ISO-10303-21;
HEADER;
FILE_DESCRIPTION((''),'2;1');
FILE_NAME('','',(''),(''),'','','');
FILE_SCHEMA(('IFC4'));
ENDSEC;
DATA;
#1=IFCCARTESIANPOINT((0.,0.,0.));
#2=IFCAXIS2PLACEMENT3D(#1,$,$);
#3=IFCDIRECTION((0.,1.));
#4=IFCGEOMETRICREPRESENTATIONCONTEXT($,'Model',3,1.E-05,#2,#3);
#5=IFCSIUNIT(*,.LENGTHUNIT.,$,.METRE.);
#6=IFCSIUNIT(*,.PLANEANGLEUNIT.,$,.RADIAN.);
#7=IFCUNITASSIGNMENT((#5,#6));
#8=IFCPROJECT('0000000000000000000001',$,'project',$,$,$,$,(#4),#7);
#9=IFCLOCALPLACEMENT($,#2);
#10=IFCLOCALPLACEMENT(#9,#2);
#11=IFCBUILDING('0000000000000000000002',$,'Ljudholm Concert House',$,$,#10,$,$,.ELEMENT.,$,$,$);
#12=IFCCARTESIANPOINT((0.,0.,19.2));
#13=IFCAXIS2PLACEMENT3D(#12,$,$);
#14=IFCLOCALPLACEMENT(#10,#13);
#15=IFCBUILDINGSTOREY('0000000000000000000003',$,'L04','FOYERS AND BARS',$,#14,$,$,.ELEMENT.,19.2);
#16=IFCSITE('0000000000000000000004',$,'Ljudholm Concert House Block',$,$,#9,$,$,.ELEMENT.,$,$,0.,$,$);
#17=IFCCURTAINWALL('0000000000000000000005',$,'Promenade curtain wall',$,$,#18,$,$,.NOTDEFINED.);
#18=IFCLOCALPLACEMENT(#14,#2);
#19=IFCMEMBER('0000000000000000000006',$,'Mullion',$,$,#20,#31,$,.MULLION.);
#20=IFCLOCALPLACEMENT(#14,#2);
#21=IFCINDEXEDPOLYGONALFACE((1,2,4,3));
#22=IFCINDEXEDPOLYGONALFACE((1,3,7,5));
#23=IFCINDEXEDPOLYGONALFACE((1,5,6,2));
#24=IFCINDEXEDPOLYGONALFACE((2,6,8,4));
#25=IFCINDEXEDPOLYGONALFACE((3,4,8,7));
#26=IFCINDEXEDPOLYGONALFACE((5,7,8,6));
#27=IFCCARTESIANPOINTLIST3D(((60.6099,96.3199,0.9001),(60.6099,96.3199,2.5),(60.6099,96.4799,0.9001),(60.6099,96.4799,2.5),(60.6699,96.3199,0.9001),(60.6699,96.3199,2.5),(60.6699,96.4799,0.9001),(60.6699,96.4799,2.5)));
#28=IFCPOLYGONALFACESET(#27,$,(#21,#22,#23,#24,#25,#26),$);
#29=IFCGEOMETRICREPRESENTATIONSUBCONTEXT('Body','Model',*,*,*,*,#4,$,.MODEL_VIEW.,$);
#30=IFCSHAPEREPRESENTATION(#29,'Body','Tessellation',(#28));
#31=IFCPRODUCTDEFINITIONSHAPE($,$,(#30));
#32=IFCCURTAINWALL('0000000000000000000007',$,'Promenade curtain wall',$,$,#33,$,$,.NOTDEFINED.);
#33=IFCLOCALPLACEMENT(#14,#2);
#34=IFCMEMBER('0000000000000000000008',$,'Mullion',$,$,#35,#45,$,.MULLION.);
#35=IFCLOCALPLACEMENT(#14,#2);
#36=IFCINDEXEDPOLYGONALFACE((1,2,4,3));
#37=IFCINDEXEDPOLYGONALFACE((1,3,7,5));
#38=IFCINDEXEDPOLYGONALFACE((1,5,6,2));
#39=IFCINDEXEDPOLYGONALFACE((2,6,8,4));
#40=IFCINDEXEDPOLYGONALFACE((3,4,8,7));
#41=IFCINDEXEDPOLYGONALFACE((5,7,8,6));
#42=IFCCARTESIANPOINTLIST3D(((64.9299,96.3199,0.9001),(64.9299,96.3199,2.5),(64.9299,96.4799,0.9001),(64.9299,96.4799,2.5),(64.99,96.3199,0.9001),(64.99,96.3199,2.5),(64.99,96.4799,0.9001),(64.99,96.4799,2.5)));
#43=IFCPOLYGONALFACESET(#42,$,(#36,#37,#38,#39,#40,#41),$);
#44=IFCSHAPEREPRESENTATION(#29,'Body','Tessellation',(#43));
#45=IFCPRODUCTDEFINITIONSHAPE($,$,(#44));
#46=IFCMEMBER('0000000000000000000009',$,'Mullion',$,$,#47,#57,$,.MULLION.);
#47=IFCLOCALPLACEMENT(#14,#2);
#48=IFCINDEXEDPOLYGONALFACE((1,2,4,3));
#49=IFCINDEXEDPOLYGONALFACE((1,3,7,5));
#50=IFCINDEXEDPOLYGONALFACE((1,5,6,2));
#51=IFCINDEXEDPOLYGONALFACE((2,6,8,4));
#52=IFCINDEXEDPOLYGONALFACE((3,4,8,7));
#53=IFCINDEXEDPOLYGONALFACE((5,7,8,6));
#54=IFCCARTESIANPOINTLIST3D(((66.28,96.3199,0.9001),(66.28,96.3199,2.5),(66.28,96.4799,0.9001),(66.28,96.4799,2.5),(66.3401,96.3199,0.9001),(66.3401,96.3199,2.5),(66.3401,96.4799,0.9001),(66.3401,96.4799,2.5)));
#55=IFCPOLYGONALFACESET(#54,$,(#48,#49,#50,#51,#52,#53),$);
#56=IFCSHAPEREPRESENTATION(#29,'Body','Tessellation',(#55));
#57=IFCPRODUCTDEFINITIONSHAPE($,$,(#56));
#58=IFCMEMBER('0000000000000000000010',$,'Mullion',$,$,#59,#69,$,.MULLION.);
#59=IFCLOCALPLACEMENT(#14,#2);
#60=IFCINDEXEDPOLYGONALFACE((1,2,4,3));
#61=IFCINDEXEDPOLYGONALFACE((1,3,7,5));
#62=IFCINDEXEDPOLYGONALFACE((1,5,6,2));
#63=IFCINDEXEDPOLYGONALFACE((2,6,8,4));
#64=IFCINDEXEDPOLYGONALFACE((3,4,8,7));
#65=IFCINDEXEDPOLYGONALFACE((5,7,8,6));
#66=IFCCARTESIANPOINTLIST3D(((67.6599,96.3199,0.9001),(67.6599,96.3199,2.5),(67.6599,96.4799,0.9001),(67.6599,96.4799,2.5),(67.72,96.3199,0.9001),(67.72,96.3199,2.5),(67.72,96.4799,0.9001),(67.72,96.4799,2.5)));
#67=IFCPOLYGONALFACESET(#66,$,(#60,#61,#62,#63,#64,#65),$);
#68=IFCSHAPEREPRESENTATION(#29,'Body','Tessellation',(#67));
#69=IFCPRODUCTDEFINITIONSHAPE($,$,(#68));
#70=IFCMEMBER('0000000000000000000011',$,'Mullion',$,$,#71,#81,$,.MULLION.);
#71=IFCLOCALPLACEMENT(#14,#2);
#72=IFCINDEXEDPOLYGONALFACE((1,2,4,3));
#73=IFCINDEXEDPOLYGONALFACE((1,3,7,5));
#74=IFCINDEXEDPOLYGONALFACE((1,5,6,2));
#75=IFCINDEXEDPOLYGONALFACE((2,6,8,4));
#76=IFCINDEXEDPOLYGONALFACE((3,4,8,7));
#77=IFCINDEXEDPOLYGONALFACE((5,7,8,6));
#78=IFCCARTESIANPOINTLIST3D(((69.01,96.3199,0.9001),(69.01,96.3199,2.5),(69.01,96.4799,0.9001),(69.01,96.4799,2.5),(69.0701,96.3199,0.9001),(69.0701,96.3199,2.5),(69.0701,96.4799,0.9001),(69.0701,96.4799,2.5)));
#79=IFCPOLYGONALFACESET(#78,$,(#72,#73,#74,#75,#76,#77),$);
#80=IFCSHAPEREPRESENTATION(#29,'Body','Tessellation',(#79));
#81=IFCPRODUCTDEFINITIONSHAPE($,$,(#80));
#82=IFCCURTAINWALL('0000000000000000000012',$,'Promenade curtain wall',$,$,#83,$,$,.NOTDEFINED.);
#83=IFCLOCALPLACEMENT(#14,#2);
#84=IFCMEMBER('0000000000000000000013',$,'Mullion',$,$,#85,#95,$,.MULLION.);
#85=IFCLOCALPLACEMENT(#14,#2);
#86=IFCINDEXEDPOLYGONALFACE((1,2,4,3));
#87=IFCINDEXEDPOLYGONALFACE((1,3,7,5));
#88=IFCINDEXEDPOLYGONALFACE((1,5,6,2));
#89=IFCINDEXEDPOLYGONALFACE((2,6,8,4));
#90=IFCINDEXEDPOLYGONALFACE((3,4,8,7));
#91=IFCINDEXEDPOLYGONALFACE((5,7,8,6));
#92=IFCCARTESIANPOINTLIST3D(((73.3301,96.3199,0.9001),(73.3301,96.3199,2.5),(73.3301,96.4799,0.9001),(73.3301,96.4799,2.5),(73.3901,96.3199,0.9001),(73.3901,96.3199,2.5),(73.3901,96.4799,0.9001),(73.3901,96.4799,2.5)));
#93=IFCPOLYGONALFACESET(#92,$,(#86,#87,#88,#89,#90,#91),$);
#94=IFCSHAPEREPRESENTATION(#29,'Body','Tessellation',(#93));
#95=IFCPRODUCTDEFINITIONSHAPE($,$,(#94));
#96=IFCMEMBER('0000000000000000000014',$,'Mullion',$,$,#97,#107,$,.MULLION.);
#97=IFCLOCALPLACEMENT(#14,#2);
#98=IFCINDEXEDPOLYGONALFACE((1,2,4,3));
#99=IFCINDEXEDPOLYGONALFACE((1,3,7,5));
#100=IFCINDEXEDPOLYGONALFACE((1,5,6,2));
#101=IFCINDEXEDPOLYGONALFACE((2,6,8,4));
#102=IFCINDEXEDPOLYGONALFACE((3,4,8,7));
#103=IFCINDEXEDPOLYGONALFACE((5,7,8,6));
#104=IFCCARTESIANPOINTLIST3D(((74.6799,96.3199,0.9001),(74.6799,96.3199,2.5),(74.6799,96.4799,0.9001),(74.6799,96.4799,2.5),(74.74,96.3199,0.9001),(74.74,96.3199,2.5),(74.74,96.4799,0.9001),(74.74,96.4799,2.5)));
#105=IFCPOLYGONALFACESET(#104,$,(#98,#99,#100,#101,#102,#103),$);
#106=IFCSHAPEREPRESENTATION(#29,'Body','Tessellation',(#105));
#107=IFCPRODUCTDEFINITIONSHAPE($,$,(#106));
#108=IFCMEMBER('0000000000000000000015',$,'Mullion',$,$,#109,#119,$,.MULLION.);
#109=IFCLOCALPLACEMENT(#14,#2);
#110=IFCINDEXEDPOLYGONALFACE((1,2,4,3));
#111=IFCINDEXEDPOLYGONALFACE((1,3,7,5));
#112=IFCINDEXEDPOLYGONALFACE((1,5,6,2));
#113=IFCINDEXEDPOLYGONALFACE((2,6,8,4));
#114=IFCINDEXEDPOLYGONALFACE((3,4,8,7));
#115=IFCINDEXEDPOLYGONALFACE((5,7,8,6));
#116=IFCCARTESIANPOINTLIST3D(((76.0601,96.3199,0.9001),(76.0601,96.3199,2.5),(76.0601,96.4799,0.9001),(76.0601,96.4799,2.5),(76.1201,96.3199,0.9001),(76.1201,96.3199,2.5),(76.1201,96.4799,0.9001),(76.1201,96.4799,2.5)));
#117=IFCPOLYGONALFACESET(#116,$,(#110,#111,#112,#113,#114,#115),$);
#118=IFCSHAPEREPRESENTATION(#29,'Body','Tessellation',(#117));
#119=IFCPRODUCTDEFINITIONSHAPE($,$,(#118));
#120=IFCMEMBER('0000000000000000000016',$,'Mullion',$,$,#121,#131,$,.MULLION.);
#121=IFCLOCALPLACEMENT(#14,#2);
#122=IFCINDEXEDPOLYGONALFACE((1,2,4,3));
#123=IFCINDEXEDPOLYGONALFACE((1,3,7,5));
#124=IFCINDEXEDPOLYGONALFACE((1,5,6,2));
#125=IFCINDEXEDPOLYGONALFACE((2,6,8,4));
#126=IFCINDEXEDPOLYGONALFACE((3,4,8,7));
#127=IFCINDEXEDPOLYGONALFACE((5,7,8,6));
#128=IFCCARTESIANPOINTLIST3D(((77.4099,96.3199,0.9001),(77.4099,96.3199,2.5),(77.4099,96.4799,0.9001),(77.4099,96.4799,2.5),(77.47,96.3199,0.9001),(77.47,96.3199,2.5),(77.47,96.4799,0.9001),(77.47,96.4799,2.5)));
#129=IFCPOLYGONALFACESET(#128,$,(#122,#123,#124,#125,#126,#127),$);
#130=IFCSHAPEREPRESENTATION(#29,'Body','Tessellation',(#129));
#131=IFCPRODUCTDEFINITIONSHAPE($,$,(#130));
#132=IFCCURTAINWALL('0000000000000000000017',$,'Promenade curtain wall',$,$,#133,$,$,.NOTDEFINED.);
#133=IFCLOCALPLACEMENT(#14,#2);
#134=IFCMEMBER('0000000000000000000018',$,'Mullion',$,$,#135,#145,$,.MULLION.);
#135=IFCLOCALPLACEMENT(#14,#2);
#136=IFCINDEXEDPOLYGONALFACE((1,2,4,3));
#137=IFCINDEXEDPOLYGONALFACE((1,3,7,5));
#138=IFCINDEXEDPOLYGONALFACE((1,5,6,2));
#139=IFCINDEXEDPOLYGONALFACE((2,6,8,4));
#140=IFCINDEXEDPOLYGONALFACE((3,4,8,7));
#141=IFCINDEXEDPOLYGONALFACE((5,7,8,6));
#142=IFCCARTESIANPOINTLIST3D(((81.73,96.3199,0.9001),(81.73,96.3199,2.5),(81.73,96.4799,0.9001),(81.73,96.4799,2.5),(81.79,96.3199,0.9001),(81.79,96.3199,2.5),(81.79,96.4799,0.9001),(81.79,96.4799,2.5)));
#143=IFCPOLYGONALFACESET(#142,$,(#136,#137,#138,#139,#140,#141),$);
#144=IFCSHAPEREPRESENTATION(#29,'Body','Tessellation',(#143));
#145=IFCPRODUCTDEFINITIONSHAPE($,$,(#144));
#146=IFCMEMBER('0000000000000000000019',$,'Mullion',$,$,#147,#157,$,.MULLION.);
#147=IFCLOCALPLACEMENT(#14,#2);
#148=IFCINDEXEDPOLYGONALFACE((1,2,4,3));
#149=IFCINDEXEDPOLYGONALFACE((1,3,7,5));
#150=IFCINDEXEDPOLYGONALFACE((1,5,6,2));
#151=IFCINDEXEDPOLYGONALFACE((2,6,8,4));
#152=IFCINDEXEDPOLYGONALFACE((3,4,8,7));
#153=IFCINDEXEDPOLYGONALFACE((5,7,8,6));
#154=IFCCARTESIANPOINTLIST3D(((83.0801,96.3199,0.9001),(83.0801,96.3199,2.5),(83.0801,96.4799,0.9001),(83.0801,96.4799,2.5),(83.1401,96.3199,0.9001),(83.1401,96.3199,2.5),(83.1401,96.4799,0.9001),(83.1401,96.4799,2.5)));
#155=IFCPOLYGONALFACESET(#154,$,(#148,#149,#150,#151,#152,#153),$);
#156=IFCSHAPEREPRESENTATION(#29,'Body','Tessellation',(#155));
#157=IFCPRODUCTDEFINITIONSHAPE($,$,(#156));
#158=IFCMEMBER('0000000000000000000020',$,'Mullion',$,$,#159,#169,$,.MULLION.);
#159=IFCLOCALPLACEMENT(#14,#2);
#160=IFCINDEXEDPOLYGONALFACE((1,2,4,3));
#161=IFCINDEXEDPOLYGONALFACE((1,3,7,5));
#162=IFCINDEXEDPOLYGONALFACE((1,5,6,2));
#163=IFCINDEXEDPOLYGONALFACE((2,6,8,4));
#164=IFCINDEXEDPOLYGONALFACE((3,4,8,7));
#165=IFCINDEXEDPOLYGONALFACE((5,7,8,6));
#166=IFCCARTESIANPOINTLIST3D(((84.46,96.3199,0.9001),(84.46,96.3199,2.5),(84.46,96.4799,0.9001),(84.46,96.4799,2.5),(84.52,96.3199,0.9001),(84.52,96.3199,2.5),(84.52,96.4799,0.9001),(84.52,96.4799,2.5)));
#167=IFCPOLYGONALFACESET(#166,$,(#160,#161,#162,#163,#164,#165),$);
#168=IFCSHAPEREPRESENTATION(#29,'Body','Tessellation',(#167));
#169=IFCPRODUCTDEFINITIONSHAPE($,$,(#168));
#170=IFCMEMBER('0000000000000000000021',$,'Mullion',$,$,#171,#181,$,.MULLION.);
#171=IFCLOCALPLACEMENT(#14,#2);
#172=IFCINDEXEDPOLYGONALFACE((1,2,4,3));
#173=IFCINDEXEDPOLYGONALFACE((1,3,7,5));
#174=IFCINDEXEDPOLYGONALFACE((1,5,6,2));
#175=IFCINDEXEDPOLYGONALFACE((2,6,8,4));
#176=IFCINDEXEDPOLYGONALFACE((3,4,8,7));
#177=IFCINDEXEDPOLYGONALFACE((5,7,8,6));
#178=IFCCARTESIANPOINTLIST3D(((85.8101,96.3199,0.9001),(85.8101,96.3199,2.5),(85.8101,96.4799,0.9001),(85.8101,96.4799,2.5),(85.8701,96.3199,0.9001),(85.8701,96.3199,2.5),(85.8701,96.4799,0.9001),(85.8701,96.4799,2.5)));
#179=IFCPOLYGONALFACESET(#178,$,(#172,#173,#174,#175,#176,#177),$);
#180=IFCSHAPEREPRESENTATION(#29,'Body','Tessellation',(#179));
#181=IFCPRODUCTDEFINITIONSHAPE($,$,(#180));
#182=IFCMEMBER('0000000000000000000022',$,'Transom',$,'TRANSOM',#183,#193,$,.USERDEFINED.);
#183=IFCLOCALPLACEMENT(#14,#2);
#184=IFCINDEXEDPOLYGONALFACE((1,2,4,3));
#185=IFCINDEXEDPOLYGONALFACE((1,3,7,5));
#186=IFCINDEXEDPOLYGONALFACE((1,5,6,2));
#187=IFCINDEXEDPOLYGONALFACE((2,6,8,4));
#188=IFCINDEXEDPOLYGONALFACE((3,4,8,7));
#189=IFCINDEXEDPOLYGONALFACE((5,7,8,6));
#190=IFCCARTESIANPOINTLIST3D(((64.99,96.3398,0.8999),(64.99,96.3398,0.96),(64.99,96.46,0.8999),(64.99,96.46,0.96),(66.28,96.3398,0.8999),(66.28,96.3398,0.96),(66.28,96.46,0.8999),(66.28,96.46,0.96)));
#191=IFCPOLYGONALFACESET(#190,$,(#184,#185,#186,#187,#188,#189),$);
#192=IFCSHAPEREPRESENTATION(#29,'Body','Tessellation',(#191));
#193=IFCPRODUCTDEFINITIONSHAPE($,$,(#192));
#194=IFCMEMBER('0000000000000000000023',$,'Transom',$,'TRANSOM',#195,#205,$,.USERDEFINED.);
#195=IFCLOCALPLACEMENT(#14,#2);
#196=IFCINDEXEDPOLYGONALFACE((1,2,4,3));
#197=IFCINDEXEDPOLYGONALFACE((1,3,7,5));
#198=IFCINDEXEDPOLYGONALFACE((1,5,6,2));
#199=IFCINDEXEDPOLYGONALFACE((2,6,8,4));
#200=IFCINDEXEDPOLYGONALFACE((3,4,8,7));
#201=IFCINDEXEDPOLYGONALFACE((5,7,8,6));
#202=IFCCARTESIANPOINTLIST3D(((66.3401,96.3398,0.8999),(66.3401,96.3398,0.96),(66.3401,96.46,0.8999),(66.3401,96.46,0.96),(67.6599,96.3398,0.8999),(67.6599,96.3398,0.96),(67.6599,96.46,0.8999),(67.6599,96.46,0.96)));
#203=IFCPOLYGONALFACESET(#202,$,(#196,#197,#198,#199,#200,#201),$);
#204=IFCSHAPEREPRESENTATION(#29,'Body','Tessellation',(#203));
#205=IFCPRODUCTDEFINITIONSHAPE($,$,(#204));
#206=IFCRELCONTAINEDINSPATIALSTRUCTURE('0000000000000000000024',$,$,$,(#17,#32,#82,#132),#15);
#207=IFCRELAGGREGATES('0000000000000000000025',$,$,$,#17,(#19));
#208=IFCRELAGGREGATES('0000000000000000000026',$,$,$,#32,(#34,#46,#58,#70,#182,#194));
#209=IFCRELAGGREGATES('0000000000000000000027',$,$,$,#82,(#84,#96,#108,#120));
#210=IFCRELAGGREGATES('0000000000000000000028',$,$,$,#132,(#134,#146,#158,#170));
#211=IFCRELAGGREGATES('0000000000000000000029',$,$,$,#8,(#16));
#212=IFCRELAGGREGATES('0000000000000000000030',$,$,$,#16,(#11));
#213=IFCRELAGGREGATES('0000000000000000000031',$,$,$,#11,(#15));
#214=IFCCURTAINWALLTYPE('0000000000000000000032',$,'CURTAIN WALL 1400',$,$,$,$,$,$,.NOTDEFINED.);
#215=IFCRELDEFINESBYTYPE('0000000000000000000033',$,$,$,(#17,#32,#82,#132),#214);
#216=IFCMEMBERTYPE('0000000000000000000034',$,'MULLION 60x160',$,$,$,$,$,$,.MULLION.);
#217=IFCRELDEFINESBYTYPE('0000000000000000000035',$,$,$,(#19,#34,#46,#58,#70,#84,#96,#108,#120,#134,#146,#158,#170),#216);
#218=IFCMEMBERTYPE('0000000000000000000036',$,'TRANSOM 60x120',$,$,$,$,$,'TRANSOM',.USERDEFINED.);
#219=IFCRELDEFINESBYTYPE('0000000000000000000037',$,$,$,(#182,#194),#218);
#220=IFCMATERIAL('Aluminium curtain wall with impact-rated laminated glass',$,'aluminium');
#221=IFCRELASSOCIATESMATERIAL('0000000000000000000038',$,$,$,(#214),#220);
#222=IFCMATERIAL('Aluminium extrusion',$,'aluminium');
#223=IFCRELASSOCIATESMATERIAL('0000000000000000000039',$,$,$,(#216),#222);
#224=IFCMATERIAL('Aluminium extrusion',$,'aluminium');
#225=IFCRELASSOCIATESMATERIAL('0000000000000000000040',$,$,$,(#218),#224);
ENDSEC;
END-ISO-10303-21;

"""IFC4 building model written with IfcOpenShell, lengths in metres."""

from ifc_helpers import new_model, si_unit, direction, frame, origin, origin_2d, place, context, subcontext, project, spatial, rectangle, extrude, material, material_profile, profile_set, type_object, element, aggregate, save


model = new_model("IFC4")

# Units and contexts
model_context = context("Model", 3, precision=1e-05, world=origin(), true_north=direction((0.0, 1.0)))
body_context = subcontext(model_context, "Body", "Model", "MODEL_VIEW")
ifc_project = project(units=[si_unit("LENGTHUNIT", "METRE"), si_unit("PLANEANGLEUNIT", "RADIAN")], contexts=[model_context])

# Site, building, storey
site_placement = place(None, origin())
site = spatial("IfcSite", under=ifc_project, at=site_placement, Name="Ljudholm Concert House Block", CompositionType="ELEMENT", RefElevation=0.0)
building_placement = place(site_placement, origin())
building = spatial("IfcBuilding", under=site, at=building_placement, Name="Ljudholm Concert House", CompositionType="ELEMENT")
storey_placement = place(building_placement, frame((0.0, 0.0, 19.2)))
storey = spatial("IfcBuildingStorey", under=building, at=storey_placement, Name="L04", Description="FOYERS AND BARS", CompositionType="ELEMENT", Elevation=19.2)

# Curtain wall, member
ifc_material_1 = material(Name="Aluminium curtain wall with impact-rated laminated glass", Category="aluminium")
curtain_wall_type = type_object("IfcCurtainWallType", Name="CURTAIN WALL 1400", PredefinedType="NOTDEFINED", material=ifc_material_1)
curtain_wall_1_placement = place(storey_placement, origin())
curtain_wall_1 = element("IfcCurtainWall", 1, at=curtain_wall_1_placement, inside=storey, type_object=curtain_wall_type, Name="Promenade curtain wall", PredefinedType="NOTDEFINED")
ifc_material_2 = material(Name="Aluminium extrusion", Category="aluminium")
ifc_material_profile_1 = material_profile(ifc_material_2, rectangle(XDim=0.1599, YDim=0.0601, at=origin_2d()), Name="MULLION 60x160")
ifc_profile_set_1 = profile_set([ifc_material_profile_1], Name="Aluminium extrusion")
member_type_1 = type_object("IfcMemberType", Name="MULLION 60x160", PredefinedType="MULLION", material=ifc_profile_set_1)
member_1_placement = place(storey_placement, frame((60.6399, 96.3999, 0.9001), z_axis=(0.0, 0.0, 1.0), x_axis=(0.0, 1.0, 0.0)))
member_1 = element("IfcMember", 2, at=member_1_placement, type_object=member_type_1, Name="Mullion", PredefinedType="MULLION", context=body_context, shape_type="SweptSolid", body=[
    extrude(rectangle(XDim=0.1599, YDim=0.0601, at=origin_2d()), origin(), (0.0, 0.0, 1.0), 1.5999),
])
aggregate(curtain_wall_1, [member_1])

# Curtain walls, members
curtain_wall_2_placement = place(storey_placement, origin())
curtain_wall_2 = element("IfcCurtainWall", 3, at=curtain_wall_2_placement, inside=storey, type_object=curtain_wall_type, Name="Promenade curtain wall", PredefinedType="NOTDEFINED")
member_2_placement = place(storey_placement, frame((64.96, 96.3999, 0.9001), z_axis=(0.0, 0.0, 1.0), x_axis=(0.0, 1.0, 0.0)))
member_2 = element("IfcMember", 4, at=member_2_placement, type_object=member_type_1, Name="Mullion", PredefinedType="MULLION", context=body_context, shape_type="SweptSolid", body=[
    extrude(rectangle(XDim=0.1599, YDim=0.0601, at=origin_2d()), origin(), (0.0, 0.0, 1.0), 1.5999),
])
member_3_placement = place(storey_placement, frame((66.3101, 96.3999, 0.9001), z_axis=(0.0, 0.0, 1.0), x_axis=(0.0, 1.0, 0.0)))
member_3 = element("IfcMember", 5, at=member_3_placement, type_object=member_type_1, Name="Mullion", PredefinedType="MULLION", context=body_context, shape_type="SweptSolid", body=[
    extrude(rectangle(XDim=0.1599, YDim=0.0601, at=origin_2d()), origin(), (0.0, 0.0, 1.0), 1.5999),
])
member_4_placement = place(storey_placement, frame((67.6899, 96.3999, 0.9001), z_axis=(0.0, 0.0, 1.0), x_axis=(0.0, 1.0, 0.0)))
member_4 = element("IfcMember", 6, at=member_4_placement, type_object=member_type_1, Name="Mullion", PredefinedType="MULLION", context=body_context, shape_type="SweptSolid", body=[
    extrude(rectangle(XDim=0.1599, YDim=0.0601, at=origin_2d()), origin(), (0.0, 0.0, 1.0), 1.5999),
])
member_5_placement = place(storey_placement, frame((69.04, 96.3999, 0.9001), z_axis=(0.0, 0.0, 1.0), x_axis=(0.0, 1.0, 0.0)))
member_5 = element("IfcMember", 7, at=member_5_placement, type_object=member_type_1, Name="Mullion", PredefinedType="MULLION", context=body_context, shape_type="SweptSolid", body=[
    extrude(rectangle(XDim=0.1599, YDim=0.0601, at=origin_2d()), origin(), (0.0, 0.0, 1.0), 1.5999),
])
curtain_wall_3_placement = place(storey_placement, origin())
curtain_wall_3 = element("IfcCurtainWall", 8, at=curtain_wall_3_placement, inside=storey, type_object=curtain_wall_type, Name="Promenade curtain wall", PredefinedType="NOTDEFINED")
member_6_placement = place(storey_placement, frame((73.3601, 96.3999, 0.9001), z_axis=(0.0, 0.0, 1.0), x_axis=(0.0, 1.0, 0.0)))
member_6 = element("IfcMember", 9, at=member_6_placement, type_object=member_type_1, Name="Mullion", PredefinedType="MULLION", context=body_context, shape_type="SweptSolid", body=[
    extrude(rectangle(XDim=0.1599, YDim=0.0601, at=origin_2d()), origin(), (0.0, 0.0, 1.0), 1.5999),
])
member_7_placement = place(storey_placement, frame((74.71, 96.3999, 0.9001), z_axis=(0.0, 0.0, 1.0), x_axis=(0.0, 1.0, 0.0)))
member_7 = element("IfcMember", 10, at=member_7_placement, type_object=member_type_1, Name="Mullion", PredefinedType="MULLION", context=body_context, shape_type="SweptSolid", body=[
    extrude(rectangle(XDim=0.1599, YDim=0.0601, at=origin_2d()), origin(), (0.0, 0.0, 1.0), 1.5999),
])
member_8_placement = place(storey_placement, frame((76.0901, 96.3999, 0.9001), z_axis=(0.0, 0.0, 1.0), x_axis=(0.0, 1.0, 0.0)))
member_8 = element("IfcMember", 11, at=member_8_placement, type_object=member_type_1, Name="Mullion", PredefinedType="MULLION", context=body_context, shape_type="SweptSolid", body=[
    extrude(rectangle(XDim=0.1599, YDim=0.0601, at=origin_2d()), origin(), (0.0, 0.0, 1.0), 1.5999),
])
member_9_placement = place(storey_placement, frame((77.4399, 96.3999, 0.9001), z_axis=(0.0, 0.0, 1.0), x_axis=(0.0, 1.0, 0.0)))
member_9 = element("IfcMember", 12, at=member_9_placement, type_object=member_type_1, Name="Mullion", PredefinedType="MULLION", context=body_context, shape_type="SweptSolid", body=[
    extrude(rectangle(XDim=0.1599, YDim=0.0601, at=origin_2d()), origin(), (0.0, 0.0, 1.0), 1.5999),
])
curtain_wall_4_placement = place(storey_placement, origin())
curtain_wall_4 = element("IfcCurtainWall", 13, at=curtain_wall_4_placement, inside=storey, type_object=curtain_wall_type, Name="Promenade curtain wall", PredefinedType="NOTDEFINED")
member_10_placement = place(storey_placement, frame((81.76, 96.3999, 0.9001), z_axis=(0.0, 0.0, 1.0), x_axis=(0.0, 1.0, 0.0)))
member_10 = element("IfcMember", 14, at=member_10_placement, type_object=member_type_1, Name="Mullion", PredefinedType="MULLION", context=body_context, shape_type="SweptSolid", body=[
    extrude(rectangle(XDim=0.1599, YDim=0.0601, at=origin_2d()), origin(), (0.0, 0.0, 1.0), 1.5999),
])
member_11_placement = place(storey_placement, frame((83.1101, 96.3999, 0.9001), z_axis=(0.0, 0.0, 1.0), x_axis=(0.0, 1.0, 0.0)))
member_11 = element("IfcMember", 15, at=member_11_placement, type_object=member_type_1, Name="Mullion", PredefinedType="MULLION", context=body_context, shape_type="SweptSolid", body=[
    extrude(rectangle(XDim=0.1599, YDim=0.0601, at=origin_2d()), origin(), (0.0, 0.0, 1.0), 1.5999),
])
member_12_placement = place(storey_placement, frame((84.49, 96.3999, 0.9001), z_axis=(0.0, 0.0, 1.0), x_axis=(0.0, 1.0, 0.0)))
member_12 = element("IfcMember", 16, at=member_12_placement, type_object=member_type_1, Name="Mullion", PredefinedType="MULLION", context=body_context, shape_type="SweptSolid", body=[
    extrude(rectangle(XDim=0.1599, YDim=0.0601, at=origin_2d()), origin(), (0.0, 0.0, 1.0), 1.5999),
])
member_13_placement = place(storey_placement, frame((85.8401, 96.3999, 0.9001), z_axis=(0.0, 0.0, 1.0), x_axis=(0.0, 1.0, 0.0)))
member_13 = element("IfcMember", 17, at=member_13_placement, type_object=member_type_1, Name="Mullion", PredefinedType="MULLION", context=body_context, shape_type="SweptSolid", body=[
    extrude(rectangle(XDim=0.1599, YDim=0.0601, at=origin_2d()), origin(), (0.0, 0.0, 1.0), 1.5999),
])

# Members
ifc_material_3 = material(Name="Aluminium extrusion", Category="aluminium")
ifc_material_profile_2 = material_profile(ifc_material_3, rectangle(XDim=0.1201, YDim=0.0601, at=origin_2d()), Name="TRANSOM 60x120")
ifc_profile_set_2 = profile_set([ifc_material_profile_2], Name="Aluminium extrusion")
member_type_2 = type_object("IfcMemberType", Name="TRANSOM 60x120", ElementType="TRANSOM", PredefinedType="USERDEFINED", material=ifc_profile_set_2)
member_14_placement = place(storey_placement, frame((64.99, 96.3999, 0.9299), z_axis=(1.0, 0.0, 0.0), x_axis=(0.0, 1.0, 0.0)))
member_14 = element("IfcMember", 18, at=member_14_placement, type_object=member_type_2, Name="Transom", ObjectType="TRANSOM", PredefinedType="USERDEFINED", context=body_context, shape_type="SweptSolid", body=[
    extrude(rectangle(XDim=0.1201, YDim=0.0601, at=origin_2d()), origin(), (0.0, 0.0, 1.0), 1.29),
])
member_15_placement = place(storey_placement, frame((66.3401, 96.3999, 0.9299), z_axis=(1.0, 0.0, 0.0), x_axis=(0.0, 1.0, 0.0)))
member_15 = element("IfcMember", 19, at=member_15_placement, type_object=member_type_2, Name="Transom", ObjectType="TRANSOM", PredefinedType="USERDEFINED", context=body_context, shape_type="SweptSolid", body=[
    extrude(rectangle(XDim=0.1201, YDim=0.0601, at=origin_2d()), origin(), (0.0, 0.0, 1.0), 1.3198),
])

aggregate(curtain_wall_2, [member_2, member_3, member_4, member_5, member_14, member_15])
aggregate(curtain_wall_3, [member_6, member_7, member_8, member_9])
aggregate(curtain_wall_4, [member_10, member_11, member_12, member_13])

save(model, "model.ifc")
